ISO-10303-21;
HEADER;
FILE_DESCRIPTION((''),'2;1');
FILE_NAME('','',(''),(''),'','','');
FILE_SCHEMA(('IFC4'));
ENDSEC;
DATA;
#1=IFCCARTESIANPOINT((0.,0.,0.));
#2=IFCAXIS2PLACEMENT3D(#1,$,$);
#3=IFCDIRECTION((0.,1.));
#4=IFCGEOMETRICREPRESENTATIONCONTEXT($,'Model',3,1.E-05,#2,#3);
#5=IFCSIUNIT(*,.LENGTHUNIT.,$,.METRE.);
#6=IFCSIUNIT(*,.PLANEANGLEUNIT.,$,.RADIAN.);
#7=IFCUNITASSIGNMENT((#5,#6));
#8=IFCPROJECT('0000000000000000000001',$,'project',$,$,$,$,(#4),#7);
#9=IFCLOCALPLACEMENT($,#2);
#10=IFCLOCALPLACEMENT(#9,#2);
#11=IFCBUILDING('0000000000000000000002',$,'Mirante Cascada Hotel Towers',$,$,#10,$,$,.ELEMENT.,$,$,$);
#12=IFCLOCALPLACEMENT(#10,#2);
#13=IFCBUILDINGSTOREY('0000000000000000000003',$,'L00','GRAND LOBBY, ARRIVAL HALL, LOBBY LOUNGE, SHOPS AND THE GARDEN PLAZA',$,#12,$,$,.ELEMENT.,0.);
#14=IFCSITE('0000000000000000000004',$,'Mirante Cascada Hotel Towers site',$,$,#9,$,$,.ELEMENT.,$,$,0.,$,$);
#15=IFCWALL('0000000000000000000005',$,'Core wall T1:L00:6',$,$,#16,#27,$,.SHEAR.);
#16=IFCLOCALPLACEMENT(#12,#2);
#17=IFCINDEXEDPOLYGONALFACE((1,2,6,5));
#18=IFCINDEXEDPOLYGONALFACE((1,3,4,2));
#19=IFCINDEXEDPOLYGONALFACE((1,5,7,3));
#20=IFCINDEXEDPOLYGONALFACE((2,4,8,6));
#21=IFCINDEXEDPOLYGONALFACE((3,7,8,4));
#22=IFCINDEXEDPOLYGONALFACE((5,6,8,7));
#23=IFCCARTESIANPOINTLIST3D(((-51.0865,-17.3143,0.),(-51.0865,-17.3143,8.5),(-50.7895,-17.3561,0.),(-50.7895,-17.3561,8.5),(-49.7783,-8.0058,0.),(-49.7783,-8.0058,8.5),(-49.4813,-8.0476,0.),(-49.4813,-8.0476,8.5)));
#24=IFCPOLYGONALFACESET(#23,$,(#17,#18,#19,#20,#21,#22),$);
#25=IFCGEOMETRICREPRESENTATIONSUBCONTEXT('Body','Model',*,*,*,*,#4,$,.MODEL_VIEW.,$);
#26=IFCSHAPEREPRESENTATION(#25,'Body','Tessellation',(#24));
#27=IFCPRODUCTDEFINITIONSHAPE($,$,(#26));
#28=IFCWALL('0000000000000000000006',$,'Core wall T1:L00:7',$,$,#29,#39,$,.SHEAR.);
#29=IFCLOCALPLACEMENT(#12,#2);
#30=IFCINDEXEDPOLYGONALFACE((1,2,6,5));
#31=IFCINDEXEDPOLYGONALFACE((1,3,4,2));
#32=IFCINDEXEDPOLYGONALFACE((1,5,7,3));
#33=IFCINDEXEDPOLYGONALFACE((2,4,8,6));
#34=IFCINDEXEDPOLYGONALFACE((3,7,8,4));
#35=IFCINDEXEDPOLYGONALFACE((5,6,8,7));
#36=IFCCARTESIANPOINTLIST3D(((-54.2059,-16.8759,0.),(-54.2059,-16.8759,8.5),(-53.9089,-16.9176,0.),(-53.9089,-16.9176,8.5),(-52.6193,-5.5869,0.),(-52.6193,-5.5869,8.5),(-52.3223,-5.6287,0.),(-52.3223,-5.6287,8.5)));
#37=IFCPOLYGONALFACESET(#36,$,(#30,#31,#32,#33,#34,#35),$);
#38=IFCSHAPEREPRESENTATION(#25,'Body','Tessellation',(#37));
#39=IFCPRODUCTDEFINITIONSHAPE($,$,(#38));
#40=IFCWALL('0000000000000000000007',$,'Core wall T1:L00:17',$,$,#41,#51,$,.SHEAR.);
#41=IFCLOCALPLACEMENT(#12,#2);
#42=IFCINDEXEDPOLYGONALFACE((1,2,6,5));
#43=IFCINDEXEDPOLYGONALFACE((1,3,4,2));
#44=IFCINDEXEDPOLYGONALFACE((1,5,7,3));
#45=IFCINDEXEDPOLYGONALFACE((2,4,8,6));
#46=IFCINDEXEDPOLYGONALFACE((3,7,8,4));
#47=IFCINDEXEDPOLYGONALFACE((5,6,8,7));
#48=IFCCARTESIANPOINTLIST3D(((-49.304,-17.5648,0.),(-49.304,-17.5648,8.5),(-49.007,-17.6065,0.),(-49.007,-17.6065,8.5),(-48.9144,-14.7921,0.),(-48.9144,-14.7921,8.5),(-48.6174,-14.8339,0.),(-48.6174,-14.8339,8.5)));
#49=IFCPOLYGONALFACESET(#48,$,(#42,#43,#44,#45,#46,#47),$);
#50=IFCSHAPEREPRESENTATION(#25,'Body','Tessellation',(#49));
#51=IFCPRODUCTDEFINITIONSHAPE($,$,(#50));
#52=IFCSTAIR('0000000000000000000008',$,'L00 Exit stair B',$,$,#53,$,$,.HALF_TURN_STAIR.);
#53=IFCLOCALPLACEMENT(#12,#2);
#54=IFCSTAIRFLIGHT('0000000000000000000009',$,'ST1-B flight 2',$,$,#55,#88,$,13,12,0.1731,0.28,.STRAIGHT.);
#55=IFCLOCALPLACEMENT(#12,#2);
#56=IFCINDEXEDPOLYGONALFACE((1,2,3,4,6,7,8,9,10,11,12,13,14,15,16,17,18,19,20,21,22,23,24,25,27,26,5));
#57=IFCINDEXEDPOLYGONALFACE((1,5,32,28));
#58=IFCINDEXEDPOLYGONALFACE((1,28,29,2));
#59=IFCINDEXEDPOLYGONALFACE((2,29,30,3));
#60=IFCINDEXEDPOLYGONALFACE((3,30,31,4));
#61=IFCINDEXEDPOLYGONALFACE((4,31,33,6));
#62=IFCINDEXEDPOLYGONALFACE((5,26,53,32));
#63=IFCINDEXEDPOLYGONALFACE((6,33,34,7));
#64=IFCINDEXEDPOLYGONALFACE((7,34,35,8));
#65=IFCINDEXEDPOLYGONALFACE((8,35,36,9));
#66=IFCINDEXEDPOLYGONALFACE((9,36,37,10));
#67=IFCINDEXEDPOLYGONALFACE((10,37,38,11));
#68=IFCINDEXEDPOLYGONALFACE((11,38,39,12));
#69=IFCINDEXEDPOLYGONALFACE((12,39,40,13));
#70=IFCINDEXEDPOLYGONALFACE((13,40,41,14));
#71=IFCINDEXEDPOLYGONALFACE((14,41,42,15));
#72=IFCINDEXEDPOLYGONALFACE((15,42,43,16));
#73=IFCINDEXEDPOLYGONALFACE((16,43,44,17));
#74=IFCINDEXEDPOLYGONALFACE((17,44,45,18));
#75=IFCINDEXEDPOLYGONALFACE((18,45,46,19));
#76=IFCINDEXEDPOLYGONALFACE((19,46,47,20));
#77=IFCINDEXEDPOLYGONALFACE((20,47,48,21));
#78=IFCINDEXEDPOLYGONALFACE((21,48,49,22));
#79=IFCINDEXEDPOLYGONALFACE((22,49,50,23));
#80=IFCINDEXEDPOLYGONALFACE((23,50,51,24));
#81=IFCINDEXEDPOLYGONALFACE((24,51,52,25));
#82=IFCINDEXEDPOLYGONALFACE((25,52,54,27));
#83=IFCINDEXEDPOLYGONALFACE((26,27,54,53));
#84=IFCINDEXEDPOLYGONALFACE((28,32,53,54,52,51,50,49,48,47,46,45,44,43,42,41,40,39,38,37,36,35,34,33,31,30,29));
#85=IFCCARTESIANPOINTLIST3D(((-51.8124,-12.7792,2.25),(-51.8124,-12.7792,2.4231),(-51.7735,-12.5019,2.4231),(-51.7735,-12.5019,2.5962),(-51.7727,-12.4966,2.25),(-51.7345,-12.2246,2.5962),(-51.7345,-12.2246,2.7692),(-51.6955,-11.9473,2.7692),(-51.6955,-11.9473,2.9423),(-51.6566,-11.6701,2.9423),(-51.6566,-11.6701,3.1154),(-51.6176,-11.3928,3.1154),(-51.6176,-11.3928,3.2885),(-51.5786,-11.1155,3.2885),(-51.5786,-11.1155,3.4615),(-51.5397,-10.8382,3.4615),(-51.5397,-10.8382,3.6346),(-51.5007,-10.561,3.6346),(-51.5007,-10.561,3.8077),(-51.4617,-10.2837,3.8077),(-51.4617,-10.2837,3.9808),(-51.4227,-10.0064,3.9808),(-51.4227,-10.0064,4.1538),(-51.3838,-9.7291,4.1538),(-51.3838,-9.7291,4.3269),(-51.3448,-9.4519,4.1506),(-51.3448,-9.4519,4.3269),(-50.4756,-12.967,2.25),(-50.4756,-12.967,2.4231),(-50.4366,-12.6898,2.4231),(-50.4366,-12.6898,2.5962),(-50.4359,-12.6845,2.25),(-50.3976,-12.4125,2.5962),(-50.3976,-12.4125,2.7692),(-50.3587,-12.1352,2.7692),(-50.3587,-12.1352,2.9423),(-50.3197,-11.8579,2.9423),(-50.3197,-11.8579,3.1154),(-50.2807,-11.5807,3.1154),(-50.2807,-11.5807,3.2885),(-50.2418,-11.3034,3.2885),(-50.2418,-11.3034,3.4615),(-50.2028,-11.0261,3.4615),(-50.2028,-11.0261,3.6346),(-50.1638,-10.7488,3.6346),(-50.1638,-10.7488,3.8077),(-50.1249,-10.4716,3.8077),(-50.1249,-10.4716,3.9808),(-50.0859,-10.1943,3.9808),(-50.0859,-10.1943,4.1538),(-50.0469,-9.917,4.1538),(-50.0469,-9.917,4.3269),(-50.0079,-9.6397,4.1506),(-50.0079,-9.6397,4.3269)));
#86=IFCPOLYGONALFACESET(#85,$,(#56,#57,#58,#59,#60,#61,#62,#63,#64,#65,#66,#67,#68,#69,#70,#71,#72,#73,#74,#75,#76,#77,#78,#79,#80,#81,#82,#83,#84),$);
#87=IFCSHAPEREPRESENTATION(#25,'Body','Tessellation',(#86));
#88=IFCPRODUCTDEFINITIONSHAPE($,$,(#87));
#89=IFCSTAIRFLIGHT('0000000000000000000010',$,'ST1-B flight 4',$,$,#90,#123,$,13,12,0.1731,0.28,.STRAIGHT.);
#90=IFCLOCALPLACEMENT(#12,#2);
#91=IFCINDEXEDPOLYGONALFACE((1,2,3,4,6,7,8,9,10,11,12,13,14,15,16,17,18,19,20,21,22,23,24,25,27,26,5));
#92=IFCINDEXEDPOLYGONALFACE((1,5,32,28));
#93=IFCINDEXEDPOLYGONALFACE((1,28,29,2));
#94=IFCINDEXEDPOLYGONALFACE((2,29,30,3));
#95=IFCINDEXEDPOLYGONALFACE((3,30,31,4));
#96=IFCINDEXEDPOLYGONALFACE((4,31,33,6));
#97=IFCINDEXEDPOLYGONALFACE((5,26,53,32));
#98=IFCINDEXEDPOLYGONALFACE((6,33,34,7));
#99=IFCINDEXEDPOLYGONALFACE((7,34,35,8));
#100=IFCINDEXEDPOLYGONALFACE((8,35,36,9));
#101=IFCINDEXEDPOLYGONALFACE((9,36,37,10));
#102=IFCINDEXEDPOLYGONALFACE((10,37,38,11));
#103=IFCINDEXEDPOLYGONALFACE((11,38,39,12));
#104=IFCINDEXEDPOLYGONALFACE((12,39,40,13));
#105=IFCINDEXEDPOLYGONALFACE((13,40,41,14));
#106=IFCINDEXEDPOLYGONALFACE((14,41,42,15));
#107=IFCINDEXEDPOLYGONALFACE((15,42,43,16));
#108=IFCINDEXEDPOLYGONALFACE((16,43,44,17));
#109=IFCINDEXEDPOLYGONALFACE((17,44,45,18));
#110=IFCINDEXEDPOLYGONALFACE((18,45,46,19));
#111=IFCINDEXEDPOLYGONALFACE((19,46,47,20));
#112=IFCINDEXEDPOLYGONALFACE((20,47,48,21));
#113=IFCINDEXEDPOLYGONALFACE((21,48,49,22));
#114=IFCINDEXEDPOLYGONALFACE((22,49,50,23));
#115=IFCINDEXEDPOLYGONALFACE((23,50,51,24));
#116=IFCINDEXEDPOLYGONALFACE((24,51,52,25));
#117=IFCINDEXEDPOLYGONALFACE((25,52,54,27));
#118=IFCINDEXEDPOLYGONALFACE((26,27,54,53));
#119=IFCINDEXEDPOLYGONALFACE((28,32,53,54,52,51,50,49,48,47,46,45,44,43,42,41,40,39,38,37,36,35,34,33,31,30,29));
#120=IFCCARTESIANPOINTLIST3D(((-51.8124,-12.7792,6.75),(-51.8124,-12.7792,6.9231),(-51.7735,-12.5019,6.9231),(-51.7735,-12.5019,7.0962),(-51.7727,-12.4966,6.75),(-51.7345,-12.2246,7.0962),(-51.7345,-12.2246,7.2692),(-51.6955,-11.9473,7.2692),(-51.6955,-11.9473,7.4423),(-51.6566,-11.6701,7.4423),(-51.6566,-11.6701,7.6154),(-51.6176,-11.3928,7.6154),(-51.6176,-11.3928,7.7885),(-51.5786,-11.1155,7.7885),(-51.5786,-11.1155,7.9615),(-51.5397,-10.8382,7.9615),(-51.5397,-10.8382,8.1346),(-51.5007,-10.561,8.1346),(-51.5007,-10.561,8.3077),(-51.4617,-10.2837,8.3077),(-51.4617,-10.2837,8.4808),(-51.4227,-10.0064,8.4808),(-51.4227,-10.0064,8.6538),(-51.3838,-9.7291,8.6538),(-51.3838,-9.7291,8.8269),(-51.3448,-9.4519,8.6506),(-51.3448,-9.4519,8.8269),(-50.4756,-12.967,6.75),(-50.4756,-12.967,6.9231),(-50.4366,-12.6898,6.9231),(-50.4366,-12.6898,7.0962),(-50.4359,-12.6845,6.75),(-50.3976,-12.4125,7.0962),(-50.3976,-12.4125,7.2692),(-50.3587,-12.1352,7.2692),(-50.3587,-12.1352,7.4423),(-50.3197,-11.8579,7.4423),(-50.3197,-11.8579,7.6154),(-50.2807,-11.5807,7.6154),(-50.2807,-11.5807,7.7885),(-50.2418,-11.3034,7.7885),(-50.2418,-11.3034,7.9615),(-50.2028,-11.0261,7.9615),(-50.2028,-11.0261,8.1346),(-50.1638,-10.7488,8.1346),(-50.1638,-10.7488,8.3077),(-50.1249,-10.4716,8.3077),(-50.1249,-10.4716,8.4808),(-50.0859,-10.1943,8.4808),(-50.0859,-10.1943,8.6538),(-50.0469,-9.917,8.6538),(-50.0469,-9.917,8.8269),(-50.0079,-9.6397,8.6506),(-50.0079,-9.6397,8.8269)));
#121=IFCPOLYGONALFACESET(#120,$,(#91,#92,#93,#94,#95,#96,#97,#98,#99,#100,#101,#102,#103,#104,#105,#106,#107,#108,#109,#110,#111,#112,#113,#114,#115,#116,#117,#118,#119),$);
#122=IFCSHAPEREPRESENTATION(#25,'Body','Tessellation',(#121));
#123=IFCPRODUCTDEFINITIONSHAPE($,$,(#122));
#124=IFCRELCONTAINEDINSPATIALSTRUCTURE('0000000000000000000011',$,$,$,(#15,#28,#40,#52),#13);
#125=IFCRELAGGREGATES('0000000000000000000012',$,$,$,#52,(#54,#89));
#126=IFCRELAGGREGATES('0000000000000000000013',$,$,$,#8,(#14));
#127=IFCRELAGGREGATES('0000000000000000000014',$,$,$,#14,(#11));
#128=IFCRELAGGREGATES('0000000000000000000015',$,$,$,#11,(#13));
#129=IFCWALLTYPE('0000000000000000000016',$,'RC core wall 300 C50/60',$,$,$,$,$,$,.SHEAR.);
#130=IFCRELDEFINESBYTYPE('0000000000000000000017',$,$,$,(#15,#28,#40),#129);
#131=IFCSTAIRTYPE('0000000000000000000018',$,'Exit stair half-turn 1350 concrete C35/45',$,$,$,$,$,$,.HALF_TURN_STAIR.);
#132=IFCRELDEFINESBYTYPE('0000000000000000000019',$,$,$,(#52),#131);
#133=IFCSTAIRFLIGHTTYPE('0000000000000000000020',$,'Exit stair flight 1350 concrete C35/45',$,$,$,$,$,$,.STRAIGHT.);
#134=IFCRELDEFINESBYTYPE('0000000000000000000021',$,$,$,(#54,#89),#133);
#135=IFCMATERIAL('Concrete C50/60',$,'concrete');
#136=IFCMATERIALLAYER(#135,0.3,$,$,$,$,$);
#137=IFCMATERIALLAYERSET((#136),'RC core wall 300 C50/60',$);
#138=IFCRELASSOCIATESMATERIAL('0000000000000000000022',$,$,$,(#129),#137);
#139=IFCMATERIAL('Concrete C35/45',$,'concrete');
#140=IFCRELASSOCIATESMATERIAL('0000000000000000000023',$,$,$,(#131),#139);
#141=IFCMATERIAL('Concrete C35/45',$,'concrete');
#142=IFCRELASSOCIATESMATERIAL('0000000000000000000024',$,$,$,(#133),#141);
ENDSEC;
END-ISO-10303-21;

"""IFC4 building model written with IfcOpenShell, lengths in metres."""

from ifc_helpers import new_model, si_unit, direction, frame, frame_2d, origin, place, context, subcontext, project, spatial, polyline, rectangle, outline, extrude, material, layer, layer_set, type_object, element, aggregate, save


model = new_model("IFC4")

# Units and contexts
model_context = context("Model", 3, precision=1e-05, world=origin(), true_north=direction((0.0, 1.0)))
body_context = subcontext(model_context, "Body", "Model", "MODEL_VIEW")
ifc_project = project(units=[si_unit("LENGTHUNIT", "METRE"), si_unit("PLANEANGLEUNIT", "RADIAN")], contexts=[model_context])

# Site, building, storey
site_placement = place(None, origin())
site = spatial("IfcSite", under=ifc_project, at=site_placement, Name="Mirante Cascada Hotel Towers site", CompositionType="ELEMENT", RefElevation=0.0)
building_placement = place(site_placement, origin())
building = spatial("IfcBuilding", under=site, at=building_placement, Name="Mirante Cascada Hotel Towers", CompositionType="ELEMENT")
storey_placement = place(building_placement, origin())
storey = spatial("IfcBuildingStorey", under=building, at=storey_placement, Name="L00", Description="GRAND LOBBY, ARRIVAL HALL, LOBBY LOUNGE, SHOPS AND THE GARDEN PLAZA", CompositionType="ELEMENT", Elevation=0.0)

# Walls
ifc_material_1 = material(Name="Concrete C50/60", Category="concrete")
ifc_layer = layer(ifc_material_1, 0.3)
ifc_layer_set = layer_set([ifc_layer], Name="RC core wall 300 C50/60")
wall_type = type_object("IfcWallType", Name="RC core wall 300 C50/60", PredefinedType="SHEAR", material=ifc_layer_set)
wall_1_placement = place(storey_placement, frame((-50.938, -17.3352, 0.0), z_axis=(0.0, 0.0, 1.0), x_axis=(0.139171, 0.990268, 0.0)))
element("IfcWall", 1, at=wall_1_placement, inside=storey, type_object=wall_type, Name="Core wall T1:L00:6", PredefinedType="SHEAR", context=body_context, shape_type="SweptSolid", body=[
    extrude(rectangle(XDim=9.4, YDim=0.3, at=frame_2d((4.7, 0.0))), origin(), (0.0, 0.0, 1.0), 8.5),
])
wall_2_placement = place(storey_placement, frame((-54.0574, -16.8968, 0.0), z_axis=(0.0, 0.0, 1.0), x_axis=(0.139176, 0.990268, 0.0)))
element("IfcWall", 2, at=wall_2_placement, inside=storey, type_object=wall_type, Name="Core wall T1:L00:7", PredefinedType="SHEAR", context=body_context, shape_type="SweptSolid", body=[
    extrude(rectangle(XDim=11.3999, YDim=0.3, at=frame_2d((5.7, 0.0))), origin(), (0.0, 0.0, 1.0), 8.5),
])
wall_3_placement = place(storey_placement, frame((-49.1555, -17.5857, 0.0), z_axis=(0.0, 0.0, 1.0), x_axis=(0.139146, 0.990272, 0.0)))
element("IfcWall", 3, at=wall_3_placement, inside=storey, type_object=wall_type, Name="Core wall T1:L00:17", PredefinedType="SHEAR", context=body_context, shape_type="SweptSolid", body=[
    extrude(rectangle(XDim=2.7999, YDim=0.3, at=frame_2d((1.4, 0.0))), origin(), (0.0, 0.0, 1.0), 8.5),
])

# Stair, stair flights
ifc_material_2 = material(Name="Concrete C35/45", Category="concrete")
stair_type = type_object("IfcStairType", Name="Exit stair half-turn 1350 concrete C35/45", PredefinedType="HALF_TURN_STAIR", material=ifc_material_2)
stair_placement = place(storey_placement, origin())
stair = element("IfcStair", 4, at=stair_placement, inside=storey, type_object=stair_type, Name="L00 Exit stair B", PredefinedType="HALF_TURN_STAIR")
ifc_material_3 = material(Name="Concrete C35/45", Category="concrete")
stair_flight_type = type_object("IfcStairFlightType", Name="Exit stair flight 1350 concrete C35/45", PredefinedType="STRAIGHT", material=ifc_material_3)
stair_flight_1_placement = place(storey_placement, frame((-51.144, -12.8731, 2.25), z_axis=(0.0, 0.0, 1.0), x_axis=(0.139173, 0.990268, 0.0)))
stair_flight_1 = element("IfcStairFlight", 5, at=stair_flight_1_placement, type_object=stair_flight_type, Name="ST1-B flight 2", NumberOfRisers=13, NumberOfTreads=12, PredefinedType="STRAIGHT", RiserHeight=0.1731, TreadLength=0.28, context=body_context, shape_type="SweptSolid", body=[
    extrude(outline(polyline([(0.0, 0.0), (0.0, 0.1731), (0.28, 0.1731), (0.28, 0.3462), (0.56, 0.3462), (0.56, 0.5192), (0.84, 0.5192), (0.84, 0.6923), (1.12, 0.6923), (1.12, 0.8654), (1.4, 0.8654), (1.4, 1.0385), (1.68, 1.0385), (1.68, 1.2115), (1.96, 1.2115), (1.96, 1.3846), (2.24, 1.3846), (2.24, 1.5577), (2.52, 1.5577), (2.52, 1.7308), (2.8, 1.7308), (2.8, 1.9038), (3.08, 1.9038), (3.08, 2.0769), (3.36, 2.0769), (3.36, 2.25), (3.36, 1.9006), (0.2853, 0.0), (0.0, 0.0)])), frame((0.0, 0.675, 0.0), z_axis=(0.0, -1.0, 0.0), x_axis=(1.0, 0.0, 0.0)), (0.0, 0.0, 1.0), 1.35),
])
stair_flight_2_placement = place(storey_placement, frame((-51.144, -12.8731, 6.75), z_axis=(0.0, 0.0, 1.0), x_axis=(0.139173, 0.990268, 0.0)))
stair_flight_2 = element("IfcStairFlight", 6, at=stair_flight_2_placement, type_object=stair_flight_type, Name="ST1-B flight 4", NumberOfRisers=13, NumberOfTreads=12, PredefinedType="STRAIGHT", RiserHeight=0.1731, TreadLength=0.28, context=body_context, shape_type="SweptSolid", body=[
    extrude(outline(polyline([(0.0, 0.0), (0.0, 0.1731), (0.28, 0.1731), (0.28, 0.3462), (0.56, 0.3462), (0.56, 0.5192), (0.84, 0.5192), (0.84, 0.6923), (1.12, 0.6923), (1.12, 0.8654), (1.4, 0.8654), (1.4, 1.0385), (1.68, 1.0385), (1.68, 1.2115), (1.96, 1.2115), (1.96, 1.3846), (2.24, 1.3846), (2.24, 1.5577), (2.52, 1.5577), (2.52, 1.7308), (2.8, 1.7308), (2.8, 1.9038), (3.08, 1.9038), (3.08, 2.0769), (3.36, 2.0769), (3.36, 2.25), (3.36, 1.9006), (0.2853, 0.0), (0.0, 0.0)])), frame((0.0, 0.675, 0.0), z_axis=(0.0, -1.0, 0.0), x_axis=(1.0, 0.0, 0.0)), (0.0, 0.0, 1.0), 1.35),
])
aggregate(stair, [stair_flight_1, stair_flight_2])

save(model, "model.ifc")
